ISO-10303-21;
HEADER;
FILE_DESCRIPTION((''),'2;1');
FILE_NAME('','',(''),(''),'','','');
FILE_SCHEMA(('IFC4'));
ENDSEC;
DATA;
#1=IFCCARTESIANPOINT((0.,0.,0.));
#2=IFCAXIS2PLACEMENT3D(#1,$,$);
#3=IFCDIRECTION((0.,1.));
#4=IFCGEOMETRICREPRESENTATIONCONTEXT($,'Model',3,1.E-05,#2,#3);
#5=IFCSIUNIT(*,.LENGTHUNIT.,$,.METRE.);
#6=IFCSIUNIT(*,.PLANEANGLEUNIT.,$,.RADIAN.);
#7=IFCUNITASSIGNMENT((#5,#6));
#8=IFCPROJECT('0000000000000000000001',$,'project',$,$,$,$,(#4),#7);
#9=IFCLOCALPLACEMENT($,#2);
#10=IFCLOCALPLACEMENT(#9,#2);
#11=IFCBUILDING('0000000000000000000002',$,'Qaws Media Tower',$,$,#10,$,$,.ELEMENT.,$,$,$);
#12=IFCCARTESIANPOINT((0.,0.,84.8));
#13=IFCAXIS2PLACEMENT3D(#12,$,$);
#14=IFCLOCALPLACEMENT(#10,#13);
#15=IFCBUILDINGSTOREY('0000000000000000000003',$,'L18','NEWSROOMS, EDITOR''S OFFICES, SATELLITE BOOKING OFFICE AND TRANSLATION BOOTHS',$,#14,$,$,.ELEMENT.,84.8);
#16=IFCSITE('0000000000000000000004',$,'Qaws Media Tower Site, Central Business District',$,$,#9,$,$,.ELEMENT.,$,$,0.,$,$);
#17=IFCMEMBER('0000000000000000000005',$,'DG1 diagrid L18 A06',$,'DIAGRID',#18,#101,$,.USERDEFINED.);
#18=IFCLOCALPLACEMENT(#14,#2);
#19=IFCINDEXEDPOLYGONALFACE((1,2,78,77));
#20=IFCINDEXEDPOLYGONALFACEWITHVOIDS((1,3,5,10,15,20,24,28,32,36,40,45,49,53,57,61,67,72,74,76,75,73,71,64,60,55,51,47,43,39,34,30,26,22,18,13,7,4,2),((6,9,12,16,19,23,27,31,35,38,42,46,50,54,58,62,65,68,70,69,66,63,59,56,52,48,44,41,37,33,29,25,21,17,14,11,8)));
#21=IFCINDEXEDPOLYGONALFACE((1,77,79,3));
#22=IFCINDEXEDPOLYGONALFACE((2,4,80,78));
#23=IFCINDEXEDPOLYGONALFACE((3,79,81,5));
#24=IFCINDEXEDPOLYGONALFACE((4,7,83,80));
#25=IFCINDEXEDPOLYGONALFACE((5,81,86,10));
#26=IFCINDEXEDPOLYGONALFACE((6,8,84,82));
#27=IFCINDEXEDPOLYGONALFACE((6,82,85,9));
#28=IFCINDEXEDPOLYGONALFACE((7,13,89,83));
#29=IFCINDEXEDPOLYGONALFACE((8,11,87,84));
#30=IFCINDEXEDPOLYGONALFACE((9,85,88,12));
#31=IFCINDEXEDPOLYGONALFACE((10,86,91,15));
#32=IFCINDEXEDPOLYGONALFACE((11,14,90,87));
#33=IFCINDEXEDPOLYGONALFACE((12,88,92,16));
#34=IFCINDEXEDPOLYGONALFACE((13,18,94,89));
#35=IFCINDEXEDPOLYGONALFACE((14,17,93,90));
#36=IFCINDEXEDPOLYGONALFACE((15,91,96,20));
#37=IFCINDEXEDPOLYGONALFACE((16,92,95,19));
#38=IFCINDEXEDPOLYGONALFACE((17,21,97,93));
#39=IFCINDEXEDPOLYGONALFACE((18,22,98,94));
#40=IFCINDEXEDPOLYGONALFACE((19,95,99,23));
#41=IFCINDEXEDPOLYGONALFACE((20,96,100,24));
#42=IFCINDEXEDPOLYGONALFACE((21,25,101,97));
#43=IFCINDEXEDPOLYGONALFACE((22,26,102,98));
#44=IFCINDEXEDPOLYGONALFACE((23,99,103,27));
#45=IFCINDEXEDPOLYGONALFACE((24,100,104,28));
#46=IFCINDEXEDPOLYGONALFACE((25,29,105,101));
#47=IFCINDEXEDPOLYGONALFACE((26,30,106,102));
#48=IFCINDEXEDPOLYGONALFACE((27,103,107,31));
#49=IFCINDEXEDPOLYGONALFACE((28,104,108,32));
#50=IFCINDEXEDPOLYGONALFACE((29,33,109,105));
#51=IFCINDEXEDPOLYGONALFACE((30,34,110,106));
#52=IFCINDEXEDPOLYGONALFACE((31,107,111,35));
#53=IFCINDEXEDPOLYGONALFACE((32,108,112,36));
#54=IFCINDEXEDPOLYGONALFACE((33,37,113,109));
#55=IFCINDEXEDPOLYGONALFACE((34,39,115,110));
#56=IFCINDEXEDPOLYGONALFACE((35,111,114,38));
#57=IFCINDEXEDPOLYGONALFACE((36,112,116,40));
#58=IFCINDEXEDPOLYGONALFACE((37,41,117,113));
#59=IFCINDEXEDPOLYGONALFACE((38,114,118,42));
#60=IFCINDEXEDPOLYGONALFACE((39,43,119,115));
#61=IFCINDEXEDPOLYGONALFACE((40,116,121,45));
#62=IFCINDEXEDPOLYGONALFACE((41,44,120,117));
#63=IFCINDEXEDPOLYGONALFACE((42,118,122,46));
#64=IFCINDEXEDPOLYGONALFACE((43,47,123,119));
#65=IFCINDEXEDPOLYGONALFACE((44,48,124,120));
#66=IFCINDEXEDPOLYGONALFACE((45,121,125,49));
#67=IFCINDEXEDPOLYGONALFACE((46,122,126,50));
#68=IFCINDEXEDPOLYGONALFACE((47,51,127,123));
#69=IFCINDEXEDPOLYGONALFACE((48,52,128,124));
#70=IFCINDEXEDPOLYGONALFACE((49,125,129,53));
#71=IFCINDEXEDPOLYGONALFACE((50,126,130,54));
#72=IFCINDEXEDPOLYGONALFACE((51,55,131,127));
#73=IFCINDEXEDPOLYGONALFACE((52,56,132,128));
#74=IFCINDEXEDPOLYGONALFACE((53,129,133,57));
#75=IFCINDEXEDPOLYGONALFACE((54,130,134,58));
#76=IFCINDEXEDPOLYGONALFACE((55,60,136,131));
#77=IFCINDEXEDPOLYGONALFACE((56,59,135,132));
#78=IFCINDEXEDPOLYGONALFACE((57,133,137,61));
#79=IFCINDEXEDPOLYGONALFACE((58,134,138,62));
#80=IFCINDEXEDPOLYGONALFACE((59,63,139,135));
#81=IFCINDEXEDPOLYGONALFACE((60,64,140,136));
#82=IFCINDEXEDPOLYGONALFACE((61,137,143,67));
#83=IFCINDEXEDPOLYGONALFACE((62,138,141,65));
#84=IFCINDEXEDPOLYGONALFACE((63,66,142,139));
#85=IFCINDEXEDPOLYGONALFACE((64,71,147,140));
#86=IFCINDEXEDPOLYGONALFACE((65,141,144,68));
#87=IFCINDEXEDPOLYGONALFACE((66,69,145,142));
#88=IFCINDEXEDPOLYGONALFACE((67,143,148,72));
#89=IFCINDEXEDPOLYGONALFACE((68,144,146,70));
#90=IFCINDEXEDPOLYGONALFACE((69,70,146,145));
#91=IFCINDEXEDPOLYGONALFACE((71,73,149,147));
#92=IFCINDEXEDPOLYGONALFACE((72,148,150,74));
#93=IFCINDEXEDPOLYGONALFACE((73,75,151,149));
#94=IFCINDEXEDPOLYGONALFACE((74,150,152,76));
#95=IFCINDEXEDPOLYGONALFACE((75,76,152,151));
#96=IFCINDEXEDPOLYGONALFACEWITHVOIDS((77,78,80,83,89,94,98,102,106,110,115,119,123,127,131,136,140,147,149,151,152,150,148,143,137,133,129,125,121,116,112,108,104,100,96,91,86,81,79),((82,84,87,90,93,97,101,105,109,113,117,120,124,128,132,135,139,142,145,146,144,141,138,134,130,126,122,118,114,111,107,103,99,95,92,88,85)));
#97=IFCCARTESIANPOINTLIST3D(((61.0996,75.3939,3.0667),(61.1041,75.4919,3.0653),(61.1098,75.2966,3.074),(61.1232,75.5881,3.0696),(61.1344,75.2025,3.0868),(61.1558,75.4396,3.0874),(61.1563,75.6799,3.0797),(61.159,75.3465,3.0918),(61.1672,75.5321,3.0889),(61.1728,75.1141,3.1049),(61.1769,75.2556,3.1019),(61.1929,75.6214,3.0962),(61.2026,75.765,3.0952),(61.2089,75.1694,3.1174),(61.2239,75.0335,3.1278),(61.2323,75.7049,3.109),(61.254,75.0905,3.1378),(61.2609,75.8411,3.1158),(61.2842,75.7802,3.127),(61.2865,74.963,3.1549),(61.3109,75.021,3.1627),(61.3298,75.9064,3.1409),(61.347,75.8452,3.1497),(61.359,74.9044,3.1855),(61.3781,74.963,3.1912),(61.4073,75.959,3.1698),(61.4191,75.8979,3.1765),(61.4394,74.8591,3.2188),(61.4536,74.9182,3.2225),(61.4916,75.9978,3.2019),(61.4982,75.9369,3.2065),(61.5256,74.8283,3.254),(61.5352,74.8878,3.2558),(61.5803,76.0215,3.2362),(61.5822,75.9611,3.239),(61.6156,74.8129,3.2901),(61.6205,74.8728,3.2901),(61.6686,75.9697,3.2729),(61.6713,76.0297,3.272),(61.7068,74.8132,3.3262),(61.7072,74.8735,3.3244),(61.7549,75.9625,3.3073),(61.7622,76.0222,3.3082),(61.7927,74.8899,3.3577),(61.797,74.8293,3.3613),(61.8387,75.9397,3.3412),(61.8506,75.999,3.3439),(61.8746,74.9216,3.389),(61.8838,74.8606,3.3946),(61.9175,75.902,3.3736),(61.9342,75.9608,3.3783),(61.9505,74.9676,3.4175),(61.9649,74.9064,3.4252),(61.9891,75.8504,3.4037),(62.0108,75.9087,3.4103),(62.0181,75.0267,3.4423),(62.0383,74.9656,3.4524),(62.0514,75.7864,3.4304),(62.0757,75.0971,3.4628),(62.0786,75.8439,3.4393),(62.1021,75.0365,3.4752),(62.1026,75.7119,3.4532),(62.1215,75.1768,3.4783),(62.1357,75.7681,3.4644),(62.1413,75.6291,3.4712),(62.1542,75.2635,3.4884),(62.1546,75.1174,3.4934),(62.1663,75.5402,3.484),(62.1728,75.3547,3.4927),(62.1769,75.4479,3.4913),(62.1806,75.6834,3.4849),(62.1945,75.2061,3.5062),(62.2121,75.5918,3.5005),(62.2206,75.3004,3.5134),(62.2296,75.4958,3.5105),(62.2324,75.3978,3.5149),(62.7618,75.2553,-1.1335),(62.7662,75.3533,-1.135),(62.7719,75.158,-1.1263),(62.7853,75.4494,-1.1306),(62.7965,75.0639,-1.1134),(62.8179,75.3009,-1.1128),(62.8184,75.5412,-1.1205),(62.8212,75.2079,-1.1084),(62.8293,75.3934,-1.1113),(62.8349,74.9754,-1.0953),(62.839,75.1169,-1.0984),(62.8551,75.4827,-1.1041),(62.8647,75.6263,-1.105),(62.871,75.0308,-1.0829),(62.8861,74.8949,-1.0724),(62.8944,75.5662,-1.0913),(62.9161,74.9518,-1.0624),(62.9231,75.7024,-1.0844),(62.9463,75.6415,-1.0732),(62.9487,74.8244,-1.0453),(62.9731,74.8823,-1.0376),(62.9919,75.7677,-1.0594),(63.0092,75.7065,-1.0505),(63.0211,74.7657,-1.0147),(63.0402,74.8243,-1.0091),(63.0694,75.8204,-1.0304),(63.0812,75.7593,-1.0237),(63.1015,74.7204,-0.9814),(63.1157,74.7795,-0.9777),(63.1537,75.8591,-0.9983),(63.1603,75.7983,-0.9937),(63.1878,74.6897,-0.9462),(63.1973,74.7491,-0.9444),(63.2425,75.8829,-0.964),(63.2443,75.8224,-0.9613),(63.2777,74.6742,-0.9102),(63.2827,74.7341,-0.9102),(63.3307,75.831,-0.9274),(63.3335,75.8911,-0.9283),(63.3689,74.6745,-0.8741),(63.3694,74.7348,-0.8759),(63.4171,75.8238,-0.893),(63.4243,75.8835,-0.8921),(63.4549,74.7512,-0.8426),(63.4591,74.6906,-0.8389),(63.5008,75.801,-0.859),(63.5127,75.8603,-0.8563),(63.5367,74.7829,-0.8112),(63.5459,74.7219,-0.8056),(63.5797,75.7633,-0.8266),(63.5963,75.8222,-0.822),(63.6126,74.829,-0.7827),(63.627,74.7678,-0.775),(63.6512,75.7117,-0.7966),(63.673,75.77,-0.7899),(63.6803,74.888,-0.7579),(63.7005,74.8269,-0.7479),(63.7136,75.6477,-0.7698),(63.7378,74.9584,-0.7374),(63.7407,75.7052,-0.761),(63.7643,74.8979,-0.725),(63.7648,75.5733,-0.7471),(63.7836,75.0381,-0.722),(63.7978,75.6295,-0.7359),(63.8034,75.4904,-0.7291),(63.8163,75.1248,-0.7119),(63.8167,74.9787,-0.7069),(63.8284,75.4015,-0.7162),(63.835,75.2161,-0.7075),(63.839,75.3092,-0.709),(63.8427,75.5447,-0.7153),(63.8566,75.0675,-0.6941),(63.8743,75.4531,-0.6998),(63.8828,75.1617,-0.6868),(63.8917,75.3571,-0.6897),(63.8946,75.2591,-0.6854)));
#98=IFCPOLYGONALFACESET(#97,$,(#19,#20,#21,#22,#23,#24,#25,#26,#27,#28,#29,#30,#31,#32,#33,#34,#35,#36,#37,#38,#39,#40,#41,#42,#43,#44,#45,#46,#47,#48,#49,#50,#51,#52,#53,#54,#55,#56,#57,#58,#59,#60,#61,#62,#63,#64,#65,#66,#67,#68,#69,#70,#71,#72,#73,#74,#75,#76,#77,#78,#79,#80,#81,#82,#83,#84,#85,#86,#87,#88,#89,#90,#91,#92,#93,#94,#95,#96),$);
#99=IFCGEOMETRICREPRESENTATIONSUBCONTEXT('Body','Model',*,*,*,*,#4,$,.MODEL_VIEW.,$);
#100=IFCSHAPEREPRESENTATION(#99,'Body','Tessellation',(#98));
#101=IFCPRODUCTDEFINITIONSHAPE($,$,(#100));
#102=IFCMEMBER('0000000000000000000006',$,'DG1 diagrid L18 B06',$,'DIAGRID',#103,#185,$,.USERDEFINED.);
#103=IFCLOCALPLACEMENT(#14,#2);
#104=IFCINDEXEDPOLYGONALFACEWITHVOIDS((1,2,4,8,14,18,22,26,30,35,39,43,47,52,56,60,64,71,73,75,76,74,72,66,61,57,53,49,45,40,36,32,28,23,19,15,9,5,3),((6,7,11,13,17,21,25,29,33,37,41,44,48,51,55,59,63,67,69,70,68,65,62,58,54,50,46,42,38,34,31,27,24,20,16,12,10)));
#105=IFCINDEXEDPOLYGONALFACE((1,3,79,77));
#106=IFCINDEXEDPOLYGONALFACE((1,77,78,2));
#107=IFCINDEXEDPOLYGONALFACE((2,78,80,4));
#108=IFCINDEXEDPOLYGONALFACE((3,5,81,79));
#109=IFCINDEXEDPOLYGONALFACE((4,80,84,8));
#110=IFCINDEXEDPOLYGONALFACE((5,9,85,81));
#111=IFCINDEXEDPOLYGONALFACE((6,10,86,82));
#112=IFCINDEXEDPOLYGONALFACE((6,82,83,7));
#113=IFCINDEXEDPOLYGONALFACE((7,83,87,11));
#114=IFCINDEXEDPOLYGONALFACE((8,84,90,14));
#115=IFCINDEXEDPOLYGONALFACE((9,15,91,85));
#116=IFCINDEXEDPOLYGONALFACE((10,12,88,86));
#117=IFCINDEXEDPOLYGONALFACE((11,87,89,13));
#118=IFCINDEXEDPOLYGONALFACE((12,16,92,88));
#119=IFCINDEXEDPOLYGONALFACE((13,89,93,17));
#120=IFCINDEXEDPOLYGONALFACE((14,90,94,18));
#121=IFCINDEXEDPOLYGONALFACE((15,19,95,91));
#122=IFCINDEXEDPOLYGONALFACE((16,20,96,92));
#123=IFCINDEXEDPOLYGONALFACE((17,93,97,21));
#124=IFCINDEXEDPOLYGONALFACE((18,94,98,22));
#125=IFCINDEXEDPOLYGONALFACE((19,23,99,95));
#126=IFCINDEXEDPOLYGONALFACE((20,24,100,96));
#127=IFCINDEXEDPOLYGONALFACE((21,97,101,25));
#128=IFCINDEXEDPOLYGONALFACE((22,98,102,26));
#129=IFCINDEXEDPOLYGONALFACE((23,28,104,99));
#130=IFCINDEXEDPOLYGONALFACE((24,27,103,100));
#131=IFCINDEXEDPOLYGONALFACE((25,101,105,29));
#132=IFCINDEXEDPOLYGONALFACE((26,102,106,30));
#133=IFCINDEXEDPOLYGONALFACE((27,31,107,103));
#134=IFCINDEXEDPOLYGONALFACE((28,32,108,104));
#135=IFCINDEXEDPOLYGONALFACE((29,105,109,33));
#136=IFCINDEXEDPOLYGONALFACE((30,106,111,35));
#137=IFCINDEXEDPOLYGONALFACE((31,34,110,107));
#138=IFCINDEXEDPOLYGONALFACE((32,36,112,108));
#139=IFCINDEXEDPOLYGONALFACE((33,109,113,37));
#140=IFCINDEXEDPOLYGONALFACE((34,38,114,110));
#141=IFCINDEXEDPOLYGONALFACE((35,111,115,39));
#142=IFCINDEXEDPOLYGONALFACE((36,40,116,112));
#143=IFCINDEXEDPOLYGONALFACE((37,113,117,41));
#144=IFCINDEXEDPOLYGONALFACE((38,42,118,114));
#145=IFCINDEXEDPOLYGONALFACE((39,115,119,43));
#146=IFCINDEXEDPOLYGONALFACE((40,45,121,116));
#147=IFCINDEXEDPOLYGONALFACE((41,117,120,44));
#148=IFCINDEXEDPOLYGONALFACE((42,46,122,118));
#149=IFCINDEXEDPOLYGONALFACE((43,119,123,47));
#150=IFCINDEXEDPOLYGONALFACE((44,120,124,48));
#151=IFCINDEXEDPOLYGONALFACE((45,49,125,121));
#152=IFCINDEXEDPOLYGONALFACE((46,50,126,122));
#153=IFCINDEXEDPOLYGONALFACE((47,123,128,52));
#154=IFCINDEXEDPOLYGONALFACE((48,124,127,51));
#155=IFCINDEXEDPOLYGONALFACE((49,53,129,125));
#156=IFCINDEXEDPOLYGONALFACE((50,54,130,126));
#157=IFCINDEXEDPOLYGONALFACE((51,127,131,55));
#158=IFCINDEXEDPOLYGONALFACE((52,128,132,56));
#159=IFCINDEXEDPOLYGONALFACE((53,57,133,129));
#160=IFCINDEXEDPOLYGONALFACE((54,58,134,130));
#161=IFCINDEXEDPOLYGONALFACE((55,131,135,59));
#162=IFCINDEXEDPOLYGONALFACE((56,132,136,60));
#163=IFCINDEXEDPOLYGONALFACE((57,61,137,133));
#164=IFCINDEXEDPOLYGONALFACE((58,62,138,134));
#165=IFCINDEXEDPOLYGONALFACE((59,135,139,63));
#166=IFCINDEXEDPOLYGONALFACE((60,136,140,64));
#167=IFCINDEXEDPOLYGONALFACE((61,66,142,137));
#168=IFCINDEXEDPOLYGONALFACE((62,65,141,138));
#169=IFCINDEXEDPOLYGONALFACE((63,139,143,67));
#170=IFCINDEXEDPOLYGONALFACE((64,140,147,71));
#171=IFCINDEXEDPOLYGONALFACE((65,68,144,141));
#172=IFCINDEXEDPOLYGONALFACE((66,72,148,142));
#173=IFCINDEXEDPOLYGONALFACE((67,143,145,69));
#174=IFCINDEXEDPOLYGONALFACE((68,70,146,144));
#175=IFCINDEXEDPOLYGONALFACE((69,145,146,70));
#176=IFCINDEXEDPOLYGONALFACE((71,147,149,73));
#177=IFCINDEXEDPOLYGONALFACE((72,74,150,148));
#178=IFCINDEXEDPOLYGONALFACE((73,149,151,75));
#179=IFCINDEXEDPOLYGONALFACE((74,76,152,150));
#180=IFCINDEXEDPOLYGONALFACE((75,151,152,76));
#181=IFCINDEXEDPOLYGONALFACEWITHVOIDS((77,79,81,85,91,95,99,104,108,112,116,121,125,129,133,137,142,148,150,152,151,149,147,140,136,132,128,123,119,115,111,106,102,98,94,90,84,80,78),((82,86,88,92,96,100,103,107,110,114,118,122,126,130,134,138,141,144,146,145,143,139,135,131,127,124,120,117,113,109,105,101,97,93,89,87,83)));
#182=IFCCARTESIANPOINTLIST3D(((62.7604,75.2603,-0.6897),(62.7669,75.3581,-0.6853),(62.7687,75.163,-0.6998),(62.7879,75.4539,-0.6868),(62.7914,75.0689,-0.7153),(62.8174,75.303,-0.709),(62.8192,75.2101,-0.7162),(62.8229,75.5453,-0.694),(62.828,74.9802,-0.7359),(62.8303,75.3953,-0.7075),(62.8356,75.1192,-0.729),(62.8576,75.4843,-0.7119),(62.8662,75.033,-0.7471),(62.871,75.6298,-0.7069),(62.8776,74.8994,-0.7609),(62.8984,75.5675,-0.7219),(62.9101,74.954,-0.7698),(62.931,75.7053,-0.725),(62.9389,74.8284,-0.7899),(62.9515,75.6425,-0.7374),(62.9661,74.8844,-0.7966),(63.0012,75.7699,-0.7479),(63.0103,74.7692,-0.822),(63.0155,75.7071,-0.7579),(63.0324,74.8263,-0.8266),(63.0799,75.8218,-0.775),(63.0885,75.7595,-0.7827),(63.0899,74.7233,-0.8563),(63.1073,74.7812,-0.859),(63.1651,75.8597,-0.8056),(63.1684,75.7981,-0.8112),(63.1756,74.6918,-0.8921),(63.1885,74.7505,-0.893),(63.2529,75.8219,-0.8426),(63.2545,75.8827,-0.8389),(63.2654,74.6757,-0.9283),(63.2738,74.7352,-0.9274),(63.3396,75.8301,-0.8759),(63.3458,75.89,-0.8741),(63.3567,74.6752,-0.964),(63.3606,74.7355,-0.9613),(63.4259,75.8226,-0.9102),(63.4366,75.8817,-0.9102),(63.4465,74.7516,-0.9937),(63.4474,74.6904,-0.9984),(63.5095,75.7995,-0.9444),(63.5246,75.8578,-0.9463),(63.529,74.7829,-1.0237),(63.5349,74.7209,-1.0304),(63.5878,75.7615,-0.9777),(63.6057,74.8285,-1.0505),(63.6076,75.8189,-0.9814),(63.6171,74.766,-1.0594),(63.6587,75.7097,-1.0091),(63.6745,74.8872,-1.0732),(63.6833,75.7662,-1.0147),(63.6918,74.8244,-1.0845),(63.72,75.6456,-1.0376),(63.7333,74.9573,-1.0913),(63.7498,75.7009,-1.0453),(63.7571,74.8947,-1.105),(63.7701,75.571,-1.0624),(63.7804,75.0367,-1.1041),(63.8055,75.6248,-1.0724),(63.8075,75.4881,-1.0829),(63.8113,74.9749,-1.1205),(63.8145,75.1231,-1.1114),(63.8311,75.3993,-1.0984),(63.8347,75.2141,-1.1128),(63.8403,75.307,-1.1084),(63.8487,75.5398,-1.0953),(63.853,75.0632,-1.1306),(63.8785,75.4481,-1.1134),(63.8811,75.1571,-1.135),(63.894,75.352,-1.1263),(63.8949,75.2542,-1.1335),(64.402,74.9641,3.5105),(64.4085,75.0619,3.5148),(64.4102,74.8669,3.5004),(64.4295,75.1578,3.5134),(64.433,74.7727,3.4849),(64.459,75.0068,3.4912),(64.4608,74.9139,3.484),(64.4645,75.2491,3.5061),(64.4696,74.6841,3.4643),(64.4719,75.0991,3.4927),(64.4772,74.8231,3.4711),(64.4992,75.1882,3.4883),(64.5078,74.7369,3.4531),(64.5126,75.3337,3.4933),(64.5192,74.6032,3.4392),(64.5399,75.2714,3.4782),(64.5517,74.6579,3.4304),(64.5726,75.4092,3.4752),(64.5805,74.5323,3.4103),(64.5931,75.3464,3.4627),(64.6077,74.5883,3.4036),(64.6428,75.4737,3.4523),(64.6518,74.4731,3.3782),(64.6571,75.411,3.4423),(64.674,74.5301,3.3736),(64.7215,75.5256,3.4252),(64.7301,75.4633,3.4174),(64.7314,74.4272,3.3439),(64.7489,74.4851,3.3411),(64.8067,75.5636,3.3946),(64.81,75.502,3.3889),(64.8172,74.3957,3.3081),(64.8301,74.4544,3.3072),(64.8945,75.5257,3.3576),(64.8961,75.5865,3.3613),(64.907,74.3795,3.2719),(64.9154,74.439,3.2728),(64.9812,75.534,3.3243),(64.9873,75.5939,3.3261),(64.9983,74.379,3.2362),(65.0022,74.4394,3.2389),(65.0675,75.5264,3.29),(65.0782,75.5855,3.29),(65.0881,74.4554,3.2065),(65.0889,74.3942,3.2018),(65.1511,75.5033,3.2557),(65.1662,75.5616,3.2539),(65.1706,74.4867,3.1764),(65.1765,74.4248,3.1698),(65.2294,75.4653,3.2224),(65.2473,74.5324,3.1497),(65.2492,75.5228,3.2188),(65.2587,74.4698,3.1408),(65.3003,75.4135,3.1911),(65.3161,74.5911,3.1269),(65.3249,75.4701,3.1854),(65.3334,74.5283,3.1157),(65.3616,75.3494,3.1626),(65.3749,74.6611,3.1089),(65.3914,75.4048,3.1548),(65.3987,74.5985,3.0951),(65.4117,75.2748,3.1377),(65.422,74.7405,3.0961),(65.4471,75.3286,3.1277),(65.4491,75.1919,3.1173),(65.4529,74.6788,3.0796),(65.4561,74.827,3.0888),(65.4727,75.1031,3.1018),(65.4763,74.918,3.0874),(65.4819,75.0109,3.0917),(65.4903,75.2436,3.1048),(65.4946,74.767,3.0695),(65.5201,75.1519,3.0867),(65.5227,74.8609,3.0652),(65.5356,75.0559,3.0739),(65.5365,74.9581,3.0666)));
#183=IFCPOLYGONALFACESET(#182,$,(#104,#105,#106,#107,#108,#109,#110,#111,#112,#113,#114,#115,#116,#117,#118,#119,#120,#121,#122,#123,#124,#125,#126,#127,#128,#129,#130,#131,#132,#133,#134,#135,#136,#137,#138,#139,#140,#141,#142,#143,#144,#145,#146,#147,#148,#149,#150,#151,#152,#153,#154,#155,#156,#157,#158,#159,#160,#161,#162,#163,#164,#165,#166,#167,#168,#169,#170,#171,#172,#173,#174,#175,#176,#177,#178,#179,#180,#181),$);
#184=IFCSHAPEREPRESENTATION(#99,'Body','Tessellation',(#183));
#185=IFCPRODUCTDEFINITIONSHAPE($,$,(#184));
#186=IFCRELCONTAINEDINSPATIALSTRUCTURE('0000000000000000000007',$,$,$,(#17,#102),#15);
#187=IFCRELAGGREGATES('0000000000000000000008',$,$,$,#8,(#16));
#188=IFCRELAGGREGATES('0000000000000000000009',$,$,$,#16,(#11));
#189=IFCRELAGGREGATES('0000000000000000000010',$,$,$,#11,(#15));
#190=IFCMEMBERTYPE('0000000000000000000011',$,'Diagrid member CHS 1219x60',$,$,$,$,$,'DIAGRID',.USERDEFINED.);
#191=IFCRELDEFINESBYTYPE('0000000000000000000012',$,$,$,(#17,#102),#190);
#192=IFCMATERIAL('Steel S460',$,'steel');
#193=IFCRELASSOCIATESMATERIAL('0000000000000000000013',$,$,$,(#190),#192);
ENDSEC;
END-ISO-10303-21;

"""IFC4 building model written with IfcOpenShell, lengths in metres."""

from ifc_helpers import new_model, si_unit, direction, frame, origin, origin_2d, place, context, subcontext, project, spatial, hollow_circle, extrude, material, material_profile, profile_set, type_object, element, save


model = new_model("IFC4")

# Units and contexts
model_context = context("Model", 3, precision=1e-05, world=origin(), true_north=direction((0.0, 1.0)))
body_context = subcontext(model_context, "Body", "Model", "MODEL_VIEW")
ifc_project = project(units=[si_unit("LENGTHUNIT", "METRE"), si_unit("PLANEANGLEUNIT", "RADIAN")], contexts=[model_context])

# Site, building, storey
site_placement = place(None, origin())
site = spatial("IfcSite", under=ifc_project, at=site_placement, Name="Qaws Media Tower Site, Central Business District", CompositionType="ELEMENT", RefElevation=0.0)
building_placement = place(site_placement, origin())
building = spatial("IfcBuilding", under=site, at=building_placement, Name="Qaws Media Tower", CompositionType="ELEMENT")
storey_placement = place(building_placement, frame((0.0, 0.0, 84.8)))
storey = spatial("IfcBuildingStorey", under=building, at=storey_placement, Name="L18", Description="NEWSROOMS, EDITOR'S OFFICES, SATELLITE BOOKING OFFICE AND TRANSLATION BOOTHS", CompositionType="ELEMENT", Elevation=84.8)

# Members
ifc_material_1 = material(Name="Steel S460", Category="steel")
ifc_material_profile_1 = material_profile(ifc_material_1, hollow_circle(Radius=0.6096, WallThickness=0.0601, at=origin_2d()), Name="CHS 1219x60")
ifc_profile_set_1 = profile_set([ifc_material_profile_1], Name="Steel S460")
member_type_1 = type_object("IfcMemberType", Name="Diagrid member CHS 1219x60", ElementType="DIAGRID", PredefinedType="USERDEFINED", material=ifc_profile_set_1)
for number, where, z_axis, x_axis, name in (
    (1, (63.3284, 75.2817, -0.9102), (-0.367786, 0.030685, 0.929404), (-0.083142, -0.996538, 0.0), "DG1 diagrid L18 A06"),
    (2, (63.3284, 75.2817, -0.9102), (0.363241, -0.065528, 0.929388), (0.177533, 0.984115, 0.0), "DG1 diagrid L18 B06"),
):
    element("IfcMember", number, at=place(storey_placement, frame(where, z_axis=z_axis, x_axis=x_axis)), inside=storey, type_object=member_type_1, Name=name, ObjectType="DIAGRID", PredefinedType="USERDEFINED", context=body_context, shape_type="SweptSolid", body=[
        extrude(hollow_circle(Radius=0.6096, WallThickness=0.0601, at=origin_2d()), origin(), (0.0, 0.0, 1.0), 4.5193),
    ])

save(model, "model.ifc")
